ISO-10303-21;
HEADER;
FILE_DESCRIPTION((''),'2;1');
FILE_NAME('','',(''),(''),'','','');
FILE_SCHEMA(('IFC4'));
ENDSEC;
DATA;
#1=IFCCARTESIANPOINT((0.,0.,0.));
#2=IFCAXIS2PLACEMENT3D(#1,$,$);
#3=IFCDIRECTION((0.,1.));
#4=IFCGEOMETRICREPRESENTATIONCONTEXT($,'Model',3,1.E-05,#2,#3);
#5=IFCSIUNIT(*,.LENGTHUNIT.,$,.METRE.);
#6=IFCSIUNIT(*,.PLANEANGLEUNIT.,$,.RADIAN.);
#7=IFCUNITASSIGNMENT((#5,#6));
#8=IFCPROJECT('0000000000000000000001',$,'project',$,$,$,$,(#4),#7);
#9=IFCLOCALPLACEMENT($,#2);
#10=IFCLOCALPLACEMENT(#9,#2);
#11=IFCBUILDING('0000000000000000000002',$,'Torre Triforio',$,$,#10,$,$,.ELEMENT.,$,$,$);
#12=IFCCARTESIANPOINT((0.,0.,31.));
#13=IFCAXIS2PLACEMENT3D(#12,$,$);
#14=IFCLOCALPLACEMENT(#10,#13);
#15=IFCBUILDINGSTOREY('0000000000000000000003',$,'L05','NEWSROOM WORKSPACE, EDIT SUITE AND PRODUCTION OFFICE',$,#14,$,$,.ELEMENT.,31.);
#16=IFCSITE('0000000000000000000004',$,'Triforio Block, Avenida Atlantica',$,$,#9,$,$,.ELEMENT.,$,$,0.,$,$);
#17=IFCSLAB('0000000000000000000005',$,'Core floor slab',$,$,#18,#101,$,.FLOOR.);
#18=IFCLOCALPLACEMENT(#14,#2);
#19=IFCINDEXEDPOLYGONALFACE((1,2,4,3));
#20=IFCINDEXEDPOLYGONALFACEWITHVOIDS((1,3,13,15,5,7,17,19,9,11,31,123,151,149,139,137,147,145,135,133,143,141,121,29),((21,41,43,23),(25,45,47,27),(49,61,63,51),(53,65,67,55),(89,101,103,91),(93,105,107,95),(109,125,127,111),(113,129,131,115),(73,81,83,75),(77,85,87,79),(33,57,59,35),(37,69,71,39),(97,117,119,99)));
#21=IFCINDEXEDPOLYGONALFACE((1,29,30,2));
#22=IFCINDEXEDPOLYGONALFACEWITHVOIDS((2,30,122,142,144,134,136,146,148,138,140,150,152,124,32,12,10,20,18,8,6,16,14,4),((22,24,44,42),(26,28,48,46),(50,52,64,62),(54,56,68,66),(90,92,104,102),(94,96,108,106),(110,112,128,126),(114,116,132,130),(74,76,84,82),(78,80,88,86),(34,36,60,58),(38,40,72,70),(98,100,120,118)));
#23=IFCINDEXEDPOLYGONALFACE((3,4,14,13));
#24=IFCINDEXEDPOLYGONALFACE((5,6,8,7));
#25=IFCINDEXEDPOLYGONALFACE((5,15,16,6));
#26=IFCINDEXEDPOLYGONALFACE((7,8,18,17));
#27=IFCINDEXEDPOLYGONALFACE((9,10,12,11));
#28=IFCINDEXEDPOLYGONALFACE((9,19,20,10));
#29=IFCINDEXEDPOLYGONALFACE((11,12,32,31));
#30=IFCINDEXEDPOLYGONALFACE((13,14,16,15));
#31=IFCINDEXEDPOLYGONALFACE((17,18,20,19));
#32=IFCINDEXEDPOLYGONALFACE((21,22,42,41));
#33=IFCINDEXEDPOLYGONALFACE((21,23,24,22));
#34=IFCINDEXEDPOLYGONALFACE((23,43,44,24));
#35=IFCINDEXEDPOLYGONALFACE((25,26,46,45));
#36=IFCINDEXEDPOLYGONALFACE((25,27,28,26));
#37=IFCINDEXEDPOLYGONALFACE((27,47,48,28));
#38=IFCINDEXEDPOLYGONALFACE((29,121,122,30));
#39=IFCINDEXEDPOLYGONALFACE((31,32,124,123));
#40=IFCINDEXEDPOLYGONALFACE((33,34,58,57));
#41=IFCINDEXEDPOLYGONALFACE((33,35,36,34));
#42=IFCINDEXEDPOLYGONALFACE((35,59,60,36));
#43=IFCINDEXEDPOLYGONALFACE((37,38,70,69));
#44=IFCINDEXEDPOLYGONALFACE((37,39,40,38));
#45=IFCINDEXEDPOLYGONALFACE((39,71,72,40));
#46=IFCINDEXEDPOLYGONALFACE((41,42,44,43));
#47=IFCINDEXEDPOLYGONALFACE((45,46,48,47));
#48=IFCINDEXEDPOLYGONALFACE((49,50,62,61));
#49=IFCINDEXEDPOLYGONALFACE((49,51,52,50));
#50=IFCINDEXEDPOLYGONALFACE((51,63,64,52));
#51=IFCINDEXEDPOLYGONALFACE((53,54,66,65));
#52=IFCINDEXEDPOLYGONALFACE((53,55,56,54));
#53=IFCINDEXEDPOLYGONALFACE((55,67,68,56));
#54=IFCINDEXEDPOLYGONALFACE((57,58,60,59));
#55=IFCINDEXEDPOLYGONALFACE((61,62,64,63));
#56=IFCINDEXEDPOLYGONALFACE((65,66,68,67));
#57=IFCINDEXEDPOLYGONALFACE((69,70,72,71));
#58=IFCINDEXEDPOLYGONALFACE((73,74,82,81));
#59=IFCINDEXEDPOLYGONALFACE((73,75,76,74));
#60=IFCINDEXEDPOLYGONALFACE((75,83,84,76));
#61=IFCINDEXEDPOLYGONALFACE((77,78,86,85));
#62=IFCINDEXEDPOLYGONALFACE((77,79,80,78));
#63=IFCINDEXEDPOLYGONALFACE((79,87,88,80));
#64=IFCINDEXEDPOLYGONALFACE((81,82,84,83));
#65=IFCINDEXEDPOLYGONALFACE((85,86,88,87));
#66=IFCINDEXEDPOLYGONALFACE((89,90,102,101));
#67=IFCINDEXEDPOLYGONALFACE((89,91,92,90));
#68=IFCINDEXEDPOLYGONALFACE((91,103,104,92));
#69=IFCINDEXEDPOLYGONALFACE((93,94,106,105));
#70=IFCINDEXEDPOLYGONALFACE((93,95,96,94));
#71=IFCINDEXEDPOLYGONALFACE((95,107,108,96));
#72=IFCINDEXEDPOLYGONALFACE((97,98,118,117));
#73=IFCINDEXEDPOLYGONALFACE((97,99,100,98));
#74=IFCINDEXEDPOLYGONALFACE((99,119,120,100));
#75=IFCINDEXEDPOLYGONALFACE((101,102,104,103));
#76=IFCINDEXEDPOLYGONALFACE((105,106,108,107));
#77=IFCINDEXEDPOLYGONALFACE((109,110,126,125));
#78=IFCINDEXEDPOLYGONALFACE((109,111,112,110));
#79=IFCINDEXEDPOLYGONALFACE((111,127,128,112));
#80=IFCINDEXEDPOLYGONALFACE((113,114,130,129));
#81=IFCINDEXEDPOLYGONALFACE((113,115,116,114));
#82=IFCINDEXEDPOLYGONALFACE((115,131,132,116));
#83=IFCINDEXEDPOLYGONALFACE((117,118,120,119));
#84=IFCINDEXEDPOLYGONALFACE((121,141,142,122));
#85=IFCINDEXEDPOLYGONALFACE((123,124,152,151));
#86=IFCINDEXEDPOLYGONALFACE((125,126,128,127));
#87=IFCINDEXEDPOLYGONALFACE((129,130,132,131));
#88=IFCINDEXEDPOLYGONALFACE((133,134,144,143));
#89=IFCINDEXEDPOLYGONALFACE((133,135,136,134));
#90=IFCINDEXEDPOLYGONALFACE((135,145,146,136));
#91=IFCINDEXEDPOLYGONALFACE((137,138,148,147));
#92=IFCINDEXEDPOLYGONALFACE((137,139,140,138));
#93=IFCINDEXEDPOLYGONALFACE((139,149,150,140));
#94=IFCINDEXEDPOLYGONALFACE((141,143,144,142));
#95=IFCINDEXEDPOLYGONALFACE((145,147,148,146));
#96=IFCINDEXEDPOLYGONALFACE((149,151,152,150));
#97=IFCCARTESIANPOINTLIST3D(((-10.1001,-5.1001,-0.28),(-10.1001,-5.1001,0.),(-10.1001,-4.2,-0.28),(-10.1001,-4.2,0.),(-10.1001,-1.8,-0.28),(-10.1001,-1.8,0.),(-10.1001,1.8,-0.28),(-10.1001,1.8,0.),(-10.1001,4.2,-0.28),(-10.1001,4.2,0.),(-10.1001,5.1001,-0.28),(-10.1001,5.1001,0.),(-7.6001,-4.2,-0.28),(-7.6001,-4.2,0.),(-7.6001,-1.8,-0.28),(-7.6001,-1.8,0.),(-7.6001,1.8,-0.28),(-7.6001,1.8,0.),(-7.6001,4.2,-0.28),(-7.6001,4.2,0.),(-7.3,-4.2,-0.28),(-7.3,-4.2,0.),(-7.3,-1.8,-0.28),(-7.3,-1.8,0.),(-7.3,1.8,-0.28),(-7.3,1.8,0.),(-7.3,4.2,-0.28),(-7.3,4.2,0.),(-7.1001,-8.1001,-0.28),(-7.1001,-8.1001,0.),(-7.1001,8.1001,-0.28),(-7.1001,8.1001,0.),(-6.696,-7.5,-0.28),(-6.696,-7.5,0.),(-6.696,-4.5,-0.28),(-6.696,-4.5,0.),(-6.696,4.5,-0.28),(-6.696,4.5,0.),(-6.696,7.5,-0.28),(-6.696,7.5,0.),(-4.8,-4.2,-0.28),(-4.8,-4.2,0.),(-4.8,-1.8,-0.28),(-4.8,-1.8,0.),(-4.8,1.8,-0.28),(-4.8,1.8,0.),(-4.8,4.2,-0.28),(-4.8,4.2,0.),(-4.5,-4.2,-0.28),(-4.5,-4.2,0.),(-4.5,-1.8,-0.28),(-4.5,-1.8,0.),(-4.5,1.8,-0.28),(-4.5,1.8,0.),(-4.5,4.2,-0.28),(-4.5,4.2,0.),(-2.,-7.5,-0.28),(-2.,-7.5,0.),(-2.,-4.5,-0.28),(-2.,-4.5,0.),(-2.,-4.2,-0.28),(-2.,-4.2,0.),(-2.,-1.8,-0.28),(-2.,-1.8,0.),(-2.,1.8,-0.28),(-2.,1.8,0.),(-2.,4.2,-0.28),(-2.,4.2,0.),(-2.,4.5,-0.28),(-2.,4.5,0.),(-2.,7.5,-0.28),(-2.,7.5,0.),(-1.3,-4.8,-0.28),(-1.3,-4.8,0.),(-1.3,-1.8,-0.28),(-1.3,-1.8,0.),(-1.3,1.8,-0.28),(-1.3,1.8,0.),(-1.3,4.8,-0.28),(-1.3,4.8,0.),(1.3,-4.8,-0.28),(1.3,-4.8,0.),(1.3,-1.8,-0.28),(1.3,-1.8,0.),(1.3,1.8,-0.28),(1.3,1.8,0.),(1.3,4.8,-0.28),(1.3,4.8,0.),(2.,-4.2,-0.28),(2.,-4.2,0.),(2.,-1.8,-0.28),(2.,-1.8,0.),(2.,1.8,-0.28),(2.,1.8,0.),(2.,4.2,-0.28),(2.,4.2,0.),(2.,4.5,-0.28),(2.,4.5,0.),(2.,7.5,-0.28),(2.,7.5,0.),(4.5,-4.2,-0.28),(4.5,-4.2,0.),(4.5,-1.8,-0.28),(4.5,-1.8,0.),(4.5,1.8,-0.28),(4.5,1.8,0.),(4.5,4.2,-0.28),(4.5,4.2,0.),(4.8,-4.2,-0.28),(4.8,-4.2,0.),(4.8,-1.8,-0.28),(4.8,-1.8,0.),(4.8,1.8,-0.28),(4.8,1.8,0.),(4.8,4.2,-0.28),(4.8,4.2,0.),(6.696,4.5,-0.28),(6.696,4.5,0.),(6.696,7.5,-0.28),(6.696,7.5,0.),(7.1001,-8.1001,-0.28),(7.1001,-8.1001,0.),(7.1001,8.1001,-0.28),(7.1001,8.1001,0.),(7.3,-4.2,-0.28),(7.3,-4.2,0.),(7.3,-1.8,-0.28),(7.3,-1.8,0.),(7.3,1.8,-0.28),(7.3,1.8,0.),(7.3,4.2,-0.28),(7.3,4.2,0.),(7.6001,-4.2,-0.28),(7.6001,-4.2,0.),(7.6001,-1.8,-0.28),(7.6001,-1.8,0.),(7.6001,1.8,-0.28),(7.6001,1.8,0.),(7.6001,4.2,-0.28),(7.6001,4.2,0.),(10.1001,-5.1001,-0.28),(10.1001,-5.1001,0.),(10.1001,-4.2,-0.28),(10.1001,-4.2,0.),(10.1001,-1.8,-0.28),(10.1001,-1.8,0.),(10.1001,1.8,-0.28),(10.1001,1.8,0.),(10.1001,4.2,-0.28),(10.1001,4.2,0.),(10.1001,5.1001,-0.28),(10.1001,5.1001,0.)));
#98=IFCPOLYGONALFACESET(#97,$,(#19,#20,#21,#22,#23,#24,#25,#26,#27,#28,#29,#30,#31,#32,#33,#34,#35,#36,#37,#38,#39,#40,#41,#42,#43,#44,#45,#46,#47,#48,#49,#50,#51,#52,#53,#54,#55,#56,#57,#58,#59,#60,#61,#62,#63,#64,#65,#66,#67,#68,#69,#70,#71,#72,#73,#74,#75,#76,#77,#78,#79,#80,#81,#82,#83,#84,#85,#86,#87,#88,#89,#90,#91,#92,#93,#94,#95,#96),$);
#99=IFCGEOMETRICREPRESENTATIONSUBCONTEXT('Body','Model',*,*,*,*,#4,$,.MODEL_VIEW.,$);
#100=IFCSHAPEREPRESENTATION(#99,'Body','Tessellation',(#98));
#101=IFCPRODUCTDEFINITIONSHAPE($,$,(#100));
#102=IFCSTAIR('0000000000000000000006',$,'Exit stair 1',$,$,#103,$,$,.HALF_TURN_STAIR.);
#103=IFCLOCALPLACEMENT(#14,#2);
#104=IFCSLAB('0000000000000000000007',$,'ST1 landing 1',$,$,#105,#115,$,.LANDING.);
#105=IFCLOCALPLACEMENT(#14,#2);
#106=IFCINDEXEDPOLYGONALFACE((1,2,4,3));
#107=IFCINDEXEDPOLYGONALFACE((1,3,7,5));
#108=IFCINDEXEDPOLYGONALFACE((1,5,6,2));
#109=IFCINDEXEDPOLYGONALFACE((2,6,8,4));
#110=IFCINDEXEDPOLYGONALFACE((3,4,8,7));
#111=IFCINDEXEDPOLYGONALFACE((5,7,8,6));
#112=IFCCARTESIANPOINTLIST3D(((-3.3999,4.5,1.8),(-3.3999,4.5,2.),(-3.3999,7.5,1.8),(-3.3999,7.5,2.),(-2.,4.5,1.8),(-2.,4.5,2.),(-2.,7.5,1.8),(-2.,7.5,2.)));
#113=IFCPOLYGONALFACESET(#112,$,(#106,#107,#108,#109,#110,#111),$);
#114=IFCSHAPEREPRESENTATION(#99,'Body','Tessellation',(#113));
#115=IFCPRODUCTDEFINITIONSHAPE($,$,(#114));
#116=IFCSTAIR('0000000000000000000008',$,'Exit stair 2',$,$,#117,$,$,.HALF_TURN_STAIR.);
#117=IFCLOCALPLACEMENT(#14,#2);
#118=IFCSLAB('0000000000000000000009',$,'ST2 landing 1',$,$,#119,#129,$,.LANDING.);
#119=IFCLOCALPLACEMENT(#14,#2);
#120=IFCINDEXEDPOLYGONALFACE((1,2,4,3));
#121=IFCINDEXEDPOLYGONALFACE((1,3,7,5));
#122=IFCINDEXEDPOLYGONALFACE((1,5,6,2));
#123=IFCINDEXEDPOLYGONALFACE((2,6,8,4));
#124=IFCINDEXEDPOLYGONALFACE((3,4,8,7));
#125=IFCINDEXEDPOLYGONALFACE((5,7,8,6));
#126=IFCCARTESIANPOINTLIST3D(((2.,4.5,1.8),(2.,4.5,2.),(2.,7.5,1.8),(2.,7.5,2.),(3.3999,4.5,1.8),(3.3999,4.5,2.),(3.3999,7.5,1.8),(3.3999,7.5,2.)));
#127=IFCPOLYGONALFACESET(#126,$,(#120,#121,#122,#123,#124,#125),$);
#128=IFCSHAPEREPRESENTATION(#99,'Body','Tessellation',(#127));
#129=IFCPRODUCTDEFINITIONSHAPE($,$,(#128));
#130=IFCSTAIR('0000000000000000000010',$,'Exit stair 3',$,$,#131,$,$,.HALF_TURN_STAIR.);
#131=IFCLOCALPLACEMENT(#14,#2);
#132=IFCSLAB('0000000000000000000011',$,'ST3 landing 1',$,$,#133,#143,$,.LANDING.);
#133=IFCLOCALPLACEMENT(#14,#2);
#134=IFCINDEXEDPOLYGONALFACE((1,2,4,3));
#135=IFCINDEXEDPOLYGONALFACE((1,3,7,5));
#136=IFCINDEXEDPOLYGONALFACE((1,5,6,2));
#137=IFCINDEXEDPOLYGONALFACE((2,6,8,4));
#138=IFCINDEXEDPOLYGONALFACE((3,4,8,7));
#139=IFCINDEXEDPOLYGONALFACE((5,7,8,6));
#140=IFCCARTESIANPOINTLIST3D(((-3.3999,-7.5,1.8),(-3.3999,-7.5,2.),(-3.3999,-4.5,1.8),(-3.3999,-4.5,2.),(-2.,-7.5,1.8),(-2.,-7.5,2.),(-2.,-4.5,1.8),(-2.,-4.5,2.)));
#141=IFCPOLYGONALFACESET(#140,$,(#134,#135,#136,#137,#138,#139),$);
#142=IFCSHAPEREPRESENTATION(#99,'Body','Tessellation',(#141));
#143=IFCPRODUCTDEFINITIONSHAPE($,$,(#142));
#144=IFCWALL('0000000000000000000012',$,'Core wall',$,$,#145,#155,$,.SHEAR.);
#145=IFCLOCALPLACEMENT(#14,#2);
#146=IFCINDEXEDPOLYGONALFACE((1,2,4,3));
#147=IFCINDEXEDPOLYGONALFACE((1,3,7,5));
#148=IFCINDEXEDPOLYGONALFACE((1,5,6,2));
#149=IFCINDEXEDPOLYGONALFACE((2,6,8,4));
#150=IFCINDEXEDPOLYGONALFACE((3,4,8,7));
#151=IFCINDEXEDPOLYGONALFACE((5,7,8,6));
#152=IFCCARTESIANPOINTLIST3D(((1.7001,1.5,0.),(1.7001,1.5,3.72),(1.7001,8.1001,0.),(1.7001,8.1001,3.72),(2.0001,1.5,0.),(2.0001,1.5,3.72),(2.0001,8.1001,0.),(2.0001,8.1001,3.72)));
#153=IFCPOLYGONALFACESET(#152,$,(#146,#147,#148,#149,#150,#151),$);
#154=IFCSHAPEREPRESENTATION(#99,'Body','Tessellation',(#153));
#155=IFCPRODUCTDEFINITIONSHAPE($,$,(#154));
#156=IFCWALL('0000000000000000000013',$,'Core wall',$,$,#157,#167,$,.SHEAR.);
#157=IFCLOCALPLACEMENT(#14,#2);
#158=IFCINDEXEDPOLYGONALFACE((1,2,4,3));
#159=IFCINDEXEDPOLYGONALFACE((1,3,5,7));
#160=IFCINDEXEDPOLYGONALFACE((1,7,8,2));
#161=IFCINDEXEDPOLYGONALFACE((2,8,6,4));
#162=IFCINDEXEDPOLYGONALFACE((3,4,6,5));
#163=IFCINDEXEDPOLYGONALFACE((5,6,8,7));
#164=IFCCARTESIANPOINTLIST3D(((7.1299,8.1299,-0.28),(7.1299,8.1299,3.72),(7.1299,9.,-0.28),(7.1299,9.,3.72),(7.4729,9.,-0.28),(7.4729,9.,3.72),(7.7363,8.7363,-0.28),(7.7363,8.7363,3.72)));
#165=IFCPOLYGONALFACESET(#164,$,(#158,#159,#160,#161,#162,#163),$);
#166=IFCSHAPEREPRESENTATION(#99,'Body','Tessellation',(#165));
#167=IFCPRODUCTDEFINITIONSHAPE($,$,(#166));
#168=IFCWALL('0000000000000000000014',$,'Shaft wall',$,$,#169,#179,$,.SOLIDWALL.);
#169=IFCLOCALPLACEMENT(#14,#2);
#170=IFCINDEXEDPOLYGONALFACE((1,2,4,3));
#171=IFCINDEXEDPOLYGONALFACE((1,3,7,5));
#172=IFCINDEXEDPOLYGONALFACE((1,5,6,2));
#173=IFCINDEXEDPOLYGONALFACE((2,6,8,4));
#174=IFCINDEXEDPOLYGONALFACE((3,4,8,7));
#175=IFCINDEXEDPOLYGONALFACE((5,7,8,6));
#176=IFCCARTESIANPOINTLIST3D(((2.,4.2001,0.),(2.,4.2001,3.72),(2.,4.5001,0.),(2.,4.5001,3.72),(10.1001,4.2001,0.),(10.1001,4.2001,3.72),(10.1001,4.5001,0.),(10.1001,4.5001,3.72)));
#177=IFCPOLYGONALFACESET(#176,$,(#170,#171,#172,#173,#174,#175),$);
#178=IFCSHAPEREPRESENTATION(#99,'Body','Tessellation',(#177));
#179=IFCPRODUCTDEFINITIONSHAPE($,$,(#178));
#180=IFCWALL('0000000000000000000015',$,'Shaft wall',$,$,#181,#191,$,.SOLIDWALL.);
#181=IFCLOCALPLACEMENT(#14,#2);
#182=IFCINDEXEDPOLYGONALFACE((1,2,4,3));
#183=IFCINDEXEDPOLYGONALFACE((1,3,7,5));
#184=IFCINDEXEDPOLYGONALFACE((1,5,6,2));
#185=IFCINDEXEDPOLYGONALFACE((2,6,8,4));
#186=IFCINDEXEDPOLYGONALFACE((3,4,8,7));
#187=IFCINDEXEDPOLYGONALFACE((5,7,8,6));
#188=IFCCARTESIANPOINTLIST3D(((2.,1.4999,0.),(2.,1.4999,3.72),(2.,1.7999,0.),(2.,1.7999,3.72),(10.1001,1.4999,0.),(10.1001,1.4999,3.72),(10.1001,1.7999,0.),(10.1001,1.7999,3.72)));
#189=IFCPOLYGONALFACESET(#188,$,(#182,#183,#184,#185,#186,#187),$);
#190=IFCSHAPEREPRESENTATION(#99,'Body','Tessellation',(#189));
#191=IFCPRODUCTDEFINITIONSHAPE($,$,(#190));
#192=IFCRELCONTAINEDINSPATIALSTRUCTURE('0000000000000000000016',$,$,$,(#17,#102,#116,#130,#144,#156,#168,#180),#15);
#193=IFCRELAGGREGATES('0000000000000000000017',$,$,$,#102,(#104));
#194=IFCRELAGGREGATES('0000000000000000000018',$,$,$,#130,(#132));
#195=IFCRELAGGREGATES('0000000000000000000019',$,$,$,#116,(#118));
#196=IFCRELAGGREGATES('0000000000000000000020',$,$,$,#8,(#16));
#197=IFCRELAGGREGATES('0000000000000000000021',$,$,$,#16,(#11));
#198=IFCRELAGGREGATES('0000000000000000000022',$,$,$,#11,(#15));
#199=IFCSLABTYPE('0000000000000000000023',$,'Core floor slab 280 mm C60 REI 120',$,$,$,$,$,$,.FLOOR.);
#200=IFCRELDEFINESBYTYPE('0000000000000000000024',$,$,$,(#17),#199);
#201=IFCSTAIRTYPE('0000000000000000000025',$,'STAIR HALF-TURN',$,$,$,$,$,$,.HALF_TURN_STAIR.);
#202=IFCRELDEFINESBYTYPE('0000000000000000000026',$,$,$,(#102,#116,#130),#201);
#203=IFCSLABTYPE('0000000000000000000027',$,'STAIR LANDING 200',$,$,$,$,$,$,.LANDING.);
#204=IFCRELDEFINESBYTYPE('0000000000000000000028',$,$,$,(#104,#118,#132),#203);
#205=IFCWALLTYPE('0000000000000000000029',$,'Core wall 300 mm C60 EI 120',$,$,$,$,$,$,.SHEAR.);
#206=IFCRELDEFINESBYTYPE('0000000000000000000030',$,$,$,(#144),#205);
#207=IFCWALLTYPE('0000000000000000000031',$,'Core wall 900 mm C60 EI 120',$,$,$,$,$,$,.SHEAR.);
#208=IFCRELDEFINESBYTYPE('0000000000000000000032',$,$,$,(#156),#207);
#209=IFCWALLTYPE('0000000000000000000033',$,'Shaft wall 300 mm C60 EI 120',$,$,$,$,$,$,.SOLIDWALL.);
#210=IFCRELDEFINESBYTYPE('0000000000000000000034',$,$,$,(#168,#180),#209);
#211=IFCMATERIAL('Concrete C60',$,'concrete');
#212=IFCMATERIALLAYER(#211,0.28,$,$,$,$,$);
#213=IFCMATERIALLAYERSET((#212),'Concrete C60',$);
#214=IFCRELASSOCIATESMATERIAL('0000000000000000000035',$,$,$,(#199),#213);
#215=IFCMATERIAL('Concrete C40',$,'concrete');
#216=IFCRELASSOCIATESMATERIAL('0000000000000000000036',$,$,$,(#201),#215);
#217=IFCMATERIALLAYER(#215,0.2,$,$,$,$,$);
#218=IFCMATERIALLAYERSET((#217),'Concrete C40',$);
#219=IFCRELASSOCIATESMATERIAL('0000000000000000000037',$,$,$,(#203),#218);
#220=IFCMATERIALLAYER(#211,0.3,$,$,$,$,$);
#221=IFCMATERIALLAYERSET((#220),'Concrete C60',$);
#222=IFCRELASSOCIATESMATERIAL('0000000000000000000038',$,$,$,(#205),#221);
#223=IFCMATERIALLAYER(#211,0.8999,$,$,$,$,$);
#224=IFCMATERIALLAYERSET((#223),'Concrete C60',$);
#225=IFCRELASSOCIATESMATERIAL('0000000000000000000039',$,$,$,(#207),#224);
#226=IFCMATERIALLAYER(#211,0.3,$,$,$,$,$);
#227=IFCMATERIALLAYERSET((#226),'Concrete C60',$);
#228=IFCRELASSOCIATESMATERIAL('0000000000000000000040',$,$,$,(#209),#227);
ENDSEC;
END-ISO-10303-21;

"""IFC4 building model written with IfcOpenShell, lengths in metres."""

from ifc_helpers import new_model, si_unit, direction, frame, frame_2d, origin, place, context, subcontext, project, spatial, polyline, rectangle, outline, extrude, material, layer, layer_set, type_object, element, aggregate, save


model = new_model("IFC4")

# Units and contexts
model_context = context("Model", 3, precision=1e-05, world=origin(), true_north=direction((0.0, 1.0)))
body_context = subcontext(model_context, "Body", "Model", "MODEL_VIEW")
ifc_project = project(units=[si_unit("LENGTHUNIT", "METRE"), si_unit("PLANEANGLEUNIT", "RADIAN")], contexts=[model_context])

# Site, building, storey
site_placement = place(None, origin())
site = spatial("IfcSite", under=ifc_project, at=site_placement, Name="Triforio Block, Avenida Atlantica", CompositionType="ELEMENT", RefElevation=0.0)
building_placement = place(site_placement, origin())
building = spatial("IfcBuilding", under=site, at=building_placement, Name="Torre Triforio", CompositionType="ELEMENT")
storey_placement = place(building_placement, frame((0.0, 0.0, 31.0)))
storey = spatial("IfcBuildingStorey", under=building, at=storey_placement, Name="L05", Description="NEWSROOM WORKSPACE, EDIT SUITE AND PRODUCTION OFFICE", CompositionType="ELEMENT", Elevation=31.0)

# Slab
ifc_material_1 = material(Name="Concrete C60", Category="concrete")
ifc_layer_1 = layer(ifc_material_1, 0.28)
ifc_layer_set_1 = layer_set([ifc_layer_1], Name="Concrete C60")
slab_type_1 = type_object("IfcSlabType", Name="Core floor slab 280 mm C60 REI 120", PredefinedType="FLOOR", material=ifc_layer_set_1)
slab_1_placement = place(storey_placement, frame((0.0, 0.0, -0.28)))
element("IfcSlab", 1, at=slab_1_placement, inside=storey, type_object=slab_type_1, Name="Core floor slab", PredefinedType="FLOOR", context=body_context, shape_type="SweptSolid", body=[
    extrude(outline(polyline([(10.1001, -5.1001), (7.1001, -8.1001), (-7.1001, -8.1001), (-10.1001, -5.1001), (-10.1001, -4.2), (-7.6001, -4.2), (-7.6001, -1.8), (-10.1001, -1.8), (-10.1001, 1.8), (-7.6001, 1.8), (-7.6001, 4.2), (-10.1001, 4.2), (-10.1001, 5.1001), (-7.1001, 8.1001), (7.1001, 8.1001), (10.1001, 5.1001), (10.1001, 4.2), (7.6001, 4.2), (7.6001, 1.8), (10.1001, 1.8), (10.1001, -1.8), (7.6001, -1.8), (7.6001, -4.2), (10.1001, -4.2), (10.1001, -5.1001)]), holes=[polyline([(-2.0, -4.5), (-6.696, -4.5), (-6.696, -7.5), (-2.0, -7.5), (-2.0, -4.5)]), polyline([(-4.8, -1.8), (-7.3, -1.8), (-7.3, -4.2), (-4.8, -4.2), (-4.8, -1.8)]), polyline([(-2.0, -1.8), (-4.5, -1.8), (-4.5, -4.2), (-2.0, -4.2), (-2.0, -1.8)]), polyline([(-4.8, 4.2), (-7.3, 4.2), (-7.3, 1.8), (-4.8, 1.8), (-4.8, 4.2)]), polyline([(-2.0, 4.2), (-4.5, 4.2), (-4.5, 1.8), (-2.0, 1.8), (-2.0, 4.2)]), polyline([(1.3, 4.8), (-1.3, 4.8), (-1.3, 1.8), (1.3, 1.8), (1.3, 4.8)]), polyline([(-2.0, 7.5), (-6.696, 7.5), (-6.696, 4.5), (-2.0, 4.5), (-2.0, 7.5)]), polyline([(1.3, -1.8), (-1.3, -1.8), (-1.3, -4.8), (1.3, -4.8), (1.3, -1.8)]), polyline([(4.5, -1.8), (2.0, -1.8), (2.0, -4.2), (4.5, -4.2), (4.5, -1.8)]), polyline([(7.3, -1.8), (4.8, -1.8), (4.8, -4.2), (7.3, -4.2), (7.3, -1.8)]), polyline([(4.5, 4.2), (2.0, 4.2), (2.0, 1.8), (4.5, 1.8), (4.5, 4.2)]), polyline([(7.3, 4.2), (4.8, 4.2), (4.8, 1.8), (7.3, 1.8), (7.3, 4.2)]), polyline([(6.696, 4.5), (6.696, 7.5), (2.0, 7.5), (2.0, 4.5), (6.696, 4.5)])]), origin(), (0.0, 0.0, 1.0), 0.28),
])

# Stairs, slabs
ifc_material_2 = material(Name="Concrete C40", Category="concrete")
stair_type = type_object("IfcStairType", Name="STAIR HALF-TURN", PredefinedType="HALF_TURN_STAIR", material=ifc_material_2)
stair_1_placement = place(storey_placement, origin())
stair_1 = element("IfcStair", 2, at=stair_1_placement, inside=storey, type_object=stair_type, Name="Exit stair 1", PredefinedType="HALF_TURN_STAIR")
ifc_layer_2 = layer(ifc_material_2, 0.2)
ifc_layer_set_2 = layer_set([ifc_layer_2], Name="Concrete C40")
slab_type_2 = type_object("IfcSlabType", Name="STAIR LANDING 200", PredefinedType="LANDING", material=ifc_layer_set_2)
slab_2_placement = place(storey_placement, frame((0.0, 0.0, 1.8)))
slab_2 = element("IfcSlab", 3, at=slab_2_placement, type_object=slab_type_2, Name="ST1 landing 1", PredefinedType="LANDING", context=body_context, shape_type="SweptSolid", body=[
    extrude(outline(polyline([(-2.0, 4.5), (-2.0, 7.5), (-3.3999, 7.5), (-3.3999, 4.5), (-2.0, 4.5)])), origin(), (0.0, 0.0, 1.0), 0.2),
])
aggregate(stair_1, [slab_2])
stair_2_placement = place(storey_placement, origin())
stair_2 = element("IfcStair", 4, at=stair_2_placement, inside=storey, type_object=stair_type, Name="Exit stair 2", PredefinedType="HALF_TURN_STAIR")
slab_3_placement = place(storey_placement, frame((0.0, 0.0, 1.8)))
slab_3 = element("IfcSlab", 5, at=slab_3_placement, type_object=slab_type_2, Name="ST2 landing 1", PredefinedType="LANDING", context=body_context, shape_type="SweptSolid", body=[
    extrude(outline(polyline([(3.3999, 4.5), (3.3999, 7.5), (2.0, 7.5), (2.0, 4.5), (3.3999, 4.5)])), origin(), (0.0, 0.0, 1.0), 0.2),
])
stair_3_placement = place(storey_placement, origin())
stair_3 = element("IfcStair", 6, at=stair_3_placement, inside=storey, type_object=stair_type, Name="Exit stair 3", PredefinedType="HALF_TURN_STAIR")
slab_4_placement = place(storey_placement, frame((0.0, 0.0, 1.8)))
slab_4 = element("IfcSlab", 7, at=slab_4_placement, type_object=slab_type_2, Name="ST3 landing 1", PredefinedType="LANDING", context=body_context, shape_type="SweptSolid", body=[
    extrude(outline(polyline([(-2.0, -7.5), (-2.0, -4.5), (-3.3999, -4.5), (-3.3999, -7.5), (-2.0, -7.5)])), origin(), (0.0, 0.0, 1.0), 0.2),
])
aggregate(stair_3, [slab_4])

# Walls
ifc_layer_3 = layer(ifc_material_1, 0.3)
ifc_layer_set_3 = layer_set([ifc_layer_3], Name="Concrete C60")
wall_type_1 = type_object("IfcWallType", Name="Core wall 300 mm C60 EI 120", PredefinedType="SHEAR", material=ifc_layer_set_3)
wall_1_placement = place(storey_placement, frame((1.8501, 1.5, 0.0), z_axis=(0.0, 0.0, 1.0), x_axis=(0.0, 1.0, 0.0)))
element("IfcWall", 8, at=wall_1_placement, inside=storey, type_object=wall_type_1, Name="Core wall", PredefinedType="SHEAR", context=body_context, shape_type="SweptSolid", body=[
    extrude(rectangle(XDim=6.6001, YDim=0.3, at=frame_2d((3.3, 0.0))), origin(), (0.0, 0.0, 1.0), 3.72),
])
ifc_layer_4 = layer(ifc_material_1, 0.8999)
ifc_layer_set_4 = layer_set([ifc_layer_4], Name="Concrete C60")
wall_type_2 = type_object("IfcWallType", Name="Core wall 900 mm C60 EI 120", PredefinedType="SHEAR", material=ifc_layer_set_4)
wall_2_placement = place(storey_placement, frame((0.0, 0.0, -0.28)))
element("IfcWall", 9, at=wall_2_placement, inside=storey, type_object=wall_type_2, Name="Core wall", PredefinedType="SHEAR", context=body_context, shape_type="SweptSolid", body=[
    extrude(outline(polyline([(7.4729, 9.0), (7.7363, 8.7363), (7.1299, 8.1299), (7.1299, 9.0), (7.4729, 9.0)])), origin(), (0.0, 0.0, 1.0), 4.0),
])
ifc_layer_5 = layer(ifc_material_1, 0.3)
ifc_layer_set_5 = layer_set([ifc_layer_5], Name="Concrete C60")
wall_type_3 = type_object("IfcWallType", Name="Shaft wall 300 mm C60 EI 120", PredefinedType="SOLIDWALL", material=ifc_layer_set_5)
for number, where, z_axis, x_axis, name in (
    (10, (2.0, 4.3501, 0.0), (0.0, 0.0, 1.0), (1.0, 0.0, 0.0), "Shaft wall"),
    (11, (2.0, 1.6499, 0.0), (0.0, 0.0, 1.0), (1.0, 0.0, 0.0), "Shaft wall"),
):
    element("IfcWall", number, at=place(storey_placement, frame(where, z_axis=z_axis, x_axis=x_axis)), inside=storey, type_object=wall_type_3, Name=name, PredefinedType="SOLIDWALL", context=body_context, shape_type="SweptSolid", body=[
        extrude(rectangle(XDim=8.1001, YDim=0.3, at=frame_2d((4.05, 0.0))), origin(), (0.0, 0.0, 1.0), 3.72),
    ])

aggregate(stair_2, [slab_3])

save(model, "model.ifc")
